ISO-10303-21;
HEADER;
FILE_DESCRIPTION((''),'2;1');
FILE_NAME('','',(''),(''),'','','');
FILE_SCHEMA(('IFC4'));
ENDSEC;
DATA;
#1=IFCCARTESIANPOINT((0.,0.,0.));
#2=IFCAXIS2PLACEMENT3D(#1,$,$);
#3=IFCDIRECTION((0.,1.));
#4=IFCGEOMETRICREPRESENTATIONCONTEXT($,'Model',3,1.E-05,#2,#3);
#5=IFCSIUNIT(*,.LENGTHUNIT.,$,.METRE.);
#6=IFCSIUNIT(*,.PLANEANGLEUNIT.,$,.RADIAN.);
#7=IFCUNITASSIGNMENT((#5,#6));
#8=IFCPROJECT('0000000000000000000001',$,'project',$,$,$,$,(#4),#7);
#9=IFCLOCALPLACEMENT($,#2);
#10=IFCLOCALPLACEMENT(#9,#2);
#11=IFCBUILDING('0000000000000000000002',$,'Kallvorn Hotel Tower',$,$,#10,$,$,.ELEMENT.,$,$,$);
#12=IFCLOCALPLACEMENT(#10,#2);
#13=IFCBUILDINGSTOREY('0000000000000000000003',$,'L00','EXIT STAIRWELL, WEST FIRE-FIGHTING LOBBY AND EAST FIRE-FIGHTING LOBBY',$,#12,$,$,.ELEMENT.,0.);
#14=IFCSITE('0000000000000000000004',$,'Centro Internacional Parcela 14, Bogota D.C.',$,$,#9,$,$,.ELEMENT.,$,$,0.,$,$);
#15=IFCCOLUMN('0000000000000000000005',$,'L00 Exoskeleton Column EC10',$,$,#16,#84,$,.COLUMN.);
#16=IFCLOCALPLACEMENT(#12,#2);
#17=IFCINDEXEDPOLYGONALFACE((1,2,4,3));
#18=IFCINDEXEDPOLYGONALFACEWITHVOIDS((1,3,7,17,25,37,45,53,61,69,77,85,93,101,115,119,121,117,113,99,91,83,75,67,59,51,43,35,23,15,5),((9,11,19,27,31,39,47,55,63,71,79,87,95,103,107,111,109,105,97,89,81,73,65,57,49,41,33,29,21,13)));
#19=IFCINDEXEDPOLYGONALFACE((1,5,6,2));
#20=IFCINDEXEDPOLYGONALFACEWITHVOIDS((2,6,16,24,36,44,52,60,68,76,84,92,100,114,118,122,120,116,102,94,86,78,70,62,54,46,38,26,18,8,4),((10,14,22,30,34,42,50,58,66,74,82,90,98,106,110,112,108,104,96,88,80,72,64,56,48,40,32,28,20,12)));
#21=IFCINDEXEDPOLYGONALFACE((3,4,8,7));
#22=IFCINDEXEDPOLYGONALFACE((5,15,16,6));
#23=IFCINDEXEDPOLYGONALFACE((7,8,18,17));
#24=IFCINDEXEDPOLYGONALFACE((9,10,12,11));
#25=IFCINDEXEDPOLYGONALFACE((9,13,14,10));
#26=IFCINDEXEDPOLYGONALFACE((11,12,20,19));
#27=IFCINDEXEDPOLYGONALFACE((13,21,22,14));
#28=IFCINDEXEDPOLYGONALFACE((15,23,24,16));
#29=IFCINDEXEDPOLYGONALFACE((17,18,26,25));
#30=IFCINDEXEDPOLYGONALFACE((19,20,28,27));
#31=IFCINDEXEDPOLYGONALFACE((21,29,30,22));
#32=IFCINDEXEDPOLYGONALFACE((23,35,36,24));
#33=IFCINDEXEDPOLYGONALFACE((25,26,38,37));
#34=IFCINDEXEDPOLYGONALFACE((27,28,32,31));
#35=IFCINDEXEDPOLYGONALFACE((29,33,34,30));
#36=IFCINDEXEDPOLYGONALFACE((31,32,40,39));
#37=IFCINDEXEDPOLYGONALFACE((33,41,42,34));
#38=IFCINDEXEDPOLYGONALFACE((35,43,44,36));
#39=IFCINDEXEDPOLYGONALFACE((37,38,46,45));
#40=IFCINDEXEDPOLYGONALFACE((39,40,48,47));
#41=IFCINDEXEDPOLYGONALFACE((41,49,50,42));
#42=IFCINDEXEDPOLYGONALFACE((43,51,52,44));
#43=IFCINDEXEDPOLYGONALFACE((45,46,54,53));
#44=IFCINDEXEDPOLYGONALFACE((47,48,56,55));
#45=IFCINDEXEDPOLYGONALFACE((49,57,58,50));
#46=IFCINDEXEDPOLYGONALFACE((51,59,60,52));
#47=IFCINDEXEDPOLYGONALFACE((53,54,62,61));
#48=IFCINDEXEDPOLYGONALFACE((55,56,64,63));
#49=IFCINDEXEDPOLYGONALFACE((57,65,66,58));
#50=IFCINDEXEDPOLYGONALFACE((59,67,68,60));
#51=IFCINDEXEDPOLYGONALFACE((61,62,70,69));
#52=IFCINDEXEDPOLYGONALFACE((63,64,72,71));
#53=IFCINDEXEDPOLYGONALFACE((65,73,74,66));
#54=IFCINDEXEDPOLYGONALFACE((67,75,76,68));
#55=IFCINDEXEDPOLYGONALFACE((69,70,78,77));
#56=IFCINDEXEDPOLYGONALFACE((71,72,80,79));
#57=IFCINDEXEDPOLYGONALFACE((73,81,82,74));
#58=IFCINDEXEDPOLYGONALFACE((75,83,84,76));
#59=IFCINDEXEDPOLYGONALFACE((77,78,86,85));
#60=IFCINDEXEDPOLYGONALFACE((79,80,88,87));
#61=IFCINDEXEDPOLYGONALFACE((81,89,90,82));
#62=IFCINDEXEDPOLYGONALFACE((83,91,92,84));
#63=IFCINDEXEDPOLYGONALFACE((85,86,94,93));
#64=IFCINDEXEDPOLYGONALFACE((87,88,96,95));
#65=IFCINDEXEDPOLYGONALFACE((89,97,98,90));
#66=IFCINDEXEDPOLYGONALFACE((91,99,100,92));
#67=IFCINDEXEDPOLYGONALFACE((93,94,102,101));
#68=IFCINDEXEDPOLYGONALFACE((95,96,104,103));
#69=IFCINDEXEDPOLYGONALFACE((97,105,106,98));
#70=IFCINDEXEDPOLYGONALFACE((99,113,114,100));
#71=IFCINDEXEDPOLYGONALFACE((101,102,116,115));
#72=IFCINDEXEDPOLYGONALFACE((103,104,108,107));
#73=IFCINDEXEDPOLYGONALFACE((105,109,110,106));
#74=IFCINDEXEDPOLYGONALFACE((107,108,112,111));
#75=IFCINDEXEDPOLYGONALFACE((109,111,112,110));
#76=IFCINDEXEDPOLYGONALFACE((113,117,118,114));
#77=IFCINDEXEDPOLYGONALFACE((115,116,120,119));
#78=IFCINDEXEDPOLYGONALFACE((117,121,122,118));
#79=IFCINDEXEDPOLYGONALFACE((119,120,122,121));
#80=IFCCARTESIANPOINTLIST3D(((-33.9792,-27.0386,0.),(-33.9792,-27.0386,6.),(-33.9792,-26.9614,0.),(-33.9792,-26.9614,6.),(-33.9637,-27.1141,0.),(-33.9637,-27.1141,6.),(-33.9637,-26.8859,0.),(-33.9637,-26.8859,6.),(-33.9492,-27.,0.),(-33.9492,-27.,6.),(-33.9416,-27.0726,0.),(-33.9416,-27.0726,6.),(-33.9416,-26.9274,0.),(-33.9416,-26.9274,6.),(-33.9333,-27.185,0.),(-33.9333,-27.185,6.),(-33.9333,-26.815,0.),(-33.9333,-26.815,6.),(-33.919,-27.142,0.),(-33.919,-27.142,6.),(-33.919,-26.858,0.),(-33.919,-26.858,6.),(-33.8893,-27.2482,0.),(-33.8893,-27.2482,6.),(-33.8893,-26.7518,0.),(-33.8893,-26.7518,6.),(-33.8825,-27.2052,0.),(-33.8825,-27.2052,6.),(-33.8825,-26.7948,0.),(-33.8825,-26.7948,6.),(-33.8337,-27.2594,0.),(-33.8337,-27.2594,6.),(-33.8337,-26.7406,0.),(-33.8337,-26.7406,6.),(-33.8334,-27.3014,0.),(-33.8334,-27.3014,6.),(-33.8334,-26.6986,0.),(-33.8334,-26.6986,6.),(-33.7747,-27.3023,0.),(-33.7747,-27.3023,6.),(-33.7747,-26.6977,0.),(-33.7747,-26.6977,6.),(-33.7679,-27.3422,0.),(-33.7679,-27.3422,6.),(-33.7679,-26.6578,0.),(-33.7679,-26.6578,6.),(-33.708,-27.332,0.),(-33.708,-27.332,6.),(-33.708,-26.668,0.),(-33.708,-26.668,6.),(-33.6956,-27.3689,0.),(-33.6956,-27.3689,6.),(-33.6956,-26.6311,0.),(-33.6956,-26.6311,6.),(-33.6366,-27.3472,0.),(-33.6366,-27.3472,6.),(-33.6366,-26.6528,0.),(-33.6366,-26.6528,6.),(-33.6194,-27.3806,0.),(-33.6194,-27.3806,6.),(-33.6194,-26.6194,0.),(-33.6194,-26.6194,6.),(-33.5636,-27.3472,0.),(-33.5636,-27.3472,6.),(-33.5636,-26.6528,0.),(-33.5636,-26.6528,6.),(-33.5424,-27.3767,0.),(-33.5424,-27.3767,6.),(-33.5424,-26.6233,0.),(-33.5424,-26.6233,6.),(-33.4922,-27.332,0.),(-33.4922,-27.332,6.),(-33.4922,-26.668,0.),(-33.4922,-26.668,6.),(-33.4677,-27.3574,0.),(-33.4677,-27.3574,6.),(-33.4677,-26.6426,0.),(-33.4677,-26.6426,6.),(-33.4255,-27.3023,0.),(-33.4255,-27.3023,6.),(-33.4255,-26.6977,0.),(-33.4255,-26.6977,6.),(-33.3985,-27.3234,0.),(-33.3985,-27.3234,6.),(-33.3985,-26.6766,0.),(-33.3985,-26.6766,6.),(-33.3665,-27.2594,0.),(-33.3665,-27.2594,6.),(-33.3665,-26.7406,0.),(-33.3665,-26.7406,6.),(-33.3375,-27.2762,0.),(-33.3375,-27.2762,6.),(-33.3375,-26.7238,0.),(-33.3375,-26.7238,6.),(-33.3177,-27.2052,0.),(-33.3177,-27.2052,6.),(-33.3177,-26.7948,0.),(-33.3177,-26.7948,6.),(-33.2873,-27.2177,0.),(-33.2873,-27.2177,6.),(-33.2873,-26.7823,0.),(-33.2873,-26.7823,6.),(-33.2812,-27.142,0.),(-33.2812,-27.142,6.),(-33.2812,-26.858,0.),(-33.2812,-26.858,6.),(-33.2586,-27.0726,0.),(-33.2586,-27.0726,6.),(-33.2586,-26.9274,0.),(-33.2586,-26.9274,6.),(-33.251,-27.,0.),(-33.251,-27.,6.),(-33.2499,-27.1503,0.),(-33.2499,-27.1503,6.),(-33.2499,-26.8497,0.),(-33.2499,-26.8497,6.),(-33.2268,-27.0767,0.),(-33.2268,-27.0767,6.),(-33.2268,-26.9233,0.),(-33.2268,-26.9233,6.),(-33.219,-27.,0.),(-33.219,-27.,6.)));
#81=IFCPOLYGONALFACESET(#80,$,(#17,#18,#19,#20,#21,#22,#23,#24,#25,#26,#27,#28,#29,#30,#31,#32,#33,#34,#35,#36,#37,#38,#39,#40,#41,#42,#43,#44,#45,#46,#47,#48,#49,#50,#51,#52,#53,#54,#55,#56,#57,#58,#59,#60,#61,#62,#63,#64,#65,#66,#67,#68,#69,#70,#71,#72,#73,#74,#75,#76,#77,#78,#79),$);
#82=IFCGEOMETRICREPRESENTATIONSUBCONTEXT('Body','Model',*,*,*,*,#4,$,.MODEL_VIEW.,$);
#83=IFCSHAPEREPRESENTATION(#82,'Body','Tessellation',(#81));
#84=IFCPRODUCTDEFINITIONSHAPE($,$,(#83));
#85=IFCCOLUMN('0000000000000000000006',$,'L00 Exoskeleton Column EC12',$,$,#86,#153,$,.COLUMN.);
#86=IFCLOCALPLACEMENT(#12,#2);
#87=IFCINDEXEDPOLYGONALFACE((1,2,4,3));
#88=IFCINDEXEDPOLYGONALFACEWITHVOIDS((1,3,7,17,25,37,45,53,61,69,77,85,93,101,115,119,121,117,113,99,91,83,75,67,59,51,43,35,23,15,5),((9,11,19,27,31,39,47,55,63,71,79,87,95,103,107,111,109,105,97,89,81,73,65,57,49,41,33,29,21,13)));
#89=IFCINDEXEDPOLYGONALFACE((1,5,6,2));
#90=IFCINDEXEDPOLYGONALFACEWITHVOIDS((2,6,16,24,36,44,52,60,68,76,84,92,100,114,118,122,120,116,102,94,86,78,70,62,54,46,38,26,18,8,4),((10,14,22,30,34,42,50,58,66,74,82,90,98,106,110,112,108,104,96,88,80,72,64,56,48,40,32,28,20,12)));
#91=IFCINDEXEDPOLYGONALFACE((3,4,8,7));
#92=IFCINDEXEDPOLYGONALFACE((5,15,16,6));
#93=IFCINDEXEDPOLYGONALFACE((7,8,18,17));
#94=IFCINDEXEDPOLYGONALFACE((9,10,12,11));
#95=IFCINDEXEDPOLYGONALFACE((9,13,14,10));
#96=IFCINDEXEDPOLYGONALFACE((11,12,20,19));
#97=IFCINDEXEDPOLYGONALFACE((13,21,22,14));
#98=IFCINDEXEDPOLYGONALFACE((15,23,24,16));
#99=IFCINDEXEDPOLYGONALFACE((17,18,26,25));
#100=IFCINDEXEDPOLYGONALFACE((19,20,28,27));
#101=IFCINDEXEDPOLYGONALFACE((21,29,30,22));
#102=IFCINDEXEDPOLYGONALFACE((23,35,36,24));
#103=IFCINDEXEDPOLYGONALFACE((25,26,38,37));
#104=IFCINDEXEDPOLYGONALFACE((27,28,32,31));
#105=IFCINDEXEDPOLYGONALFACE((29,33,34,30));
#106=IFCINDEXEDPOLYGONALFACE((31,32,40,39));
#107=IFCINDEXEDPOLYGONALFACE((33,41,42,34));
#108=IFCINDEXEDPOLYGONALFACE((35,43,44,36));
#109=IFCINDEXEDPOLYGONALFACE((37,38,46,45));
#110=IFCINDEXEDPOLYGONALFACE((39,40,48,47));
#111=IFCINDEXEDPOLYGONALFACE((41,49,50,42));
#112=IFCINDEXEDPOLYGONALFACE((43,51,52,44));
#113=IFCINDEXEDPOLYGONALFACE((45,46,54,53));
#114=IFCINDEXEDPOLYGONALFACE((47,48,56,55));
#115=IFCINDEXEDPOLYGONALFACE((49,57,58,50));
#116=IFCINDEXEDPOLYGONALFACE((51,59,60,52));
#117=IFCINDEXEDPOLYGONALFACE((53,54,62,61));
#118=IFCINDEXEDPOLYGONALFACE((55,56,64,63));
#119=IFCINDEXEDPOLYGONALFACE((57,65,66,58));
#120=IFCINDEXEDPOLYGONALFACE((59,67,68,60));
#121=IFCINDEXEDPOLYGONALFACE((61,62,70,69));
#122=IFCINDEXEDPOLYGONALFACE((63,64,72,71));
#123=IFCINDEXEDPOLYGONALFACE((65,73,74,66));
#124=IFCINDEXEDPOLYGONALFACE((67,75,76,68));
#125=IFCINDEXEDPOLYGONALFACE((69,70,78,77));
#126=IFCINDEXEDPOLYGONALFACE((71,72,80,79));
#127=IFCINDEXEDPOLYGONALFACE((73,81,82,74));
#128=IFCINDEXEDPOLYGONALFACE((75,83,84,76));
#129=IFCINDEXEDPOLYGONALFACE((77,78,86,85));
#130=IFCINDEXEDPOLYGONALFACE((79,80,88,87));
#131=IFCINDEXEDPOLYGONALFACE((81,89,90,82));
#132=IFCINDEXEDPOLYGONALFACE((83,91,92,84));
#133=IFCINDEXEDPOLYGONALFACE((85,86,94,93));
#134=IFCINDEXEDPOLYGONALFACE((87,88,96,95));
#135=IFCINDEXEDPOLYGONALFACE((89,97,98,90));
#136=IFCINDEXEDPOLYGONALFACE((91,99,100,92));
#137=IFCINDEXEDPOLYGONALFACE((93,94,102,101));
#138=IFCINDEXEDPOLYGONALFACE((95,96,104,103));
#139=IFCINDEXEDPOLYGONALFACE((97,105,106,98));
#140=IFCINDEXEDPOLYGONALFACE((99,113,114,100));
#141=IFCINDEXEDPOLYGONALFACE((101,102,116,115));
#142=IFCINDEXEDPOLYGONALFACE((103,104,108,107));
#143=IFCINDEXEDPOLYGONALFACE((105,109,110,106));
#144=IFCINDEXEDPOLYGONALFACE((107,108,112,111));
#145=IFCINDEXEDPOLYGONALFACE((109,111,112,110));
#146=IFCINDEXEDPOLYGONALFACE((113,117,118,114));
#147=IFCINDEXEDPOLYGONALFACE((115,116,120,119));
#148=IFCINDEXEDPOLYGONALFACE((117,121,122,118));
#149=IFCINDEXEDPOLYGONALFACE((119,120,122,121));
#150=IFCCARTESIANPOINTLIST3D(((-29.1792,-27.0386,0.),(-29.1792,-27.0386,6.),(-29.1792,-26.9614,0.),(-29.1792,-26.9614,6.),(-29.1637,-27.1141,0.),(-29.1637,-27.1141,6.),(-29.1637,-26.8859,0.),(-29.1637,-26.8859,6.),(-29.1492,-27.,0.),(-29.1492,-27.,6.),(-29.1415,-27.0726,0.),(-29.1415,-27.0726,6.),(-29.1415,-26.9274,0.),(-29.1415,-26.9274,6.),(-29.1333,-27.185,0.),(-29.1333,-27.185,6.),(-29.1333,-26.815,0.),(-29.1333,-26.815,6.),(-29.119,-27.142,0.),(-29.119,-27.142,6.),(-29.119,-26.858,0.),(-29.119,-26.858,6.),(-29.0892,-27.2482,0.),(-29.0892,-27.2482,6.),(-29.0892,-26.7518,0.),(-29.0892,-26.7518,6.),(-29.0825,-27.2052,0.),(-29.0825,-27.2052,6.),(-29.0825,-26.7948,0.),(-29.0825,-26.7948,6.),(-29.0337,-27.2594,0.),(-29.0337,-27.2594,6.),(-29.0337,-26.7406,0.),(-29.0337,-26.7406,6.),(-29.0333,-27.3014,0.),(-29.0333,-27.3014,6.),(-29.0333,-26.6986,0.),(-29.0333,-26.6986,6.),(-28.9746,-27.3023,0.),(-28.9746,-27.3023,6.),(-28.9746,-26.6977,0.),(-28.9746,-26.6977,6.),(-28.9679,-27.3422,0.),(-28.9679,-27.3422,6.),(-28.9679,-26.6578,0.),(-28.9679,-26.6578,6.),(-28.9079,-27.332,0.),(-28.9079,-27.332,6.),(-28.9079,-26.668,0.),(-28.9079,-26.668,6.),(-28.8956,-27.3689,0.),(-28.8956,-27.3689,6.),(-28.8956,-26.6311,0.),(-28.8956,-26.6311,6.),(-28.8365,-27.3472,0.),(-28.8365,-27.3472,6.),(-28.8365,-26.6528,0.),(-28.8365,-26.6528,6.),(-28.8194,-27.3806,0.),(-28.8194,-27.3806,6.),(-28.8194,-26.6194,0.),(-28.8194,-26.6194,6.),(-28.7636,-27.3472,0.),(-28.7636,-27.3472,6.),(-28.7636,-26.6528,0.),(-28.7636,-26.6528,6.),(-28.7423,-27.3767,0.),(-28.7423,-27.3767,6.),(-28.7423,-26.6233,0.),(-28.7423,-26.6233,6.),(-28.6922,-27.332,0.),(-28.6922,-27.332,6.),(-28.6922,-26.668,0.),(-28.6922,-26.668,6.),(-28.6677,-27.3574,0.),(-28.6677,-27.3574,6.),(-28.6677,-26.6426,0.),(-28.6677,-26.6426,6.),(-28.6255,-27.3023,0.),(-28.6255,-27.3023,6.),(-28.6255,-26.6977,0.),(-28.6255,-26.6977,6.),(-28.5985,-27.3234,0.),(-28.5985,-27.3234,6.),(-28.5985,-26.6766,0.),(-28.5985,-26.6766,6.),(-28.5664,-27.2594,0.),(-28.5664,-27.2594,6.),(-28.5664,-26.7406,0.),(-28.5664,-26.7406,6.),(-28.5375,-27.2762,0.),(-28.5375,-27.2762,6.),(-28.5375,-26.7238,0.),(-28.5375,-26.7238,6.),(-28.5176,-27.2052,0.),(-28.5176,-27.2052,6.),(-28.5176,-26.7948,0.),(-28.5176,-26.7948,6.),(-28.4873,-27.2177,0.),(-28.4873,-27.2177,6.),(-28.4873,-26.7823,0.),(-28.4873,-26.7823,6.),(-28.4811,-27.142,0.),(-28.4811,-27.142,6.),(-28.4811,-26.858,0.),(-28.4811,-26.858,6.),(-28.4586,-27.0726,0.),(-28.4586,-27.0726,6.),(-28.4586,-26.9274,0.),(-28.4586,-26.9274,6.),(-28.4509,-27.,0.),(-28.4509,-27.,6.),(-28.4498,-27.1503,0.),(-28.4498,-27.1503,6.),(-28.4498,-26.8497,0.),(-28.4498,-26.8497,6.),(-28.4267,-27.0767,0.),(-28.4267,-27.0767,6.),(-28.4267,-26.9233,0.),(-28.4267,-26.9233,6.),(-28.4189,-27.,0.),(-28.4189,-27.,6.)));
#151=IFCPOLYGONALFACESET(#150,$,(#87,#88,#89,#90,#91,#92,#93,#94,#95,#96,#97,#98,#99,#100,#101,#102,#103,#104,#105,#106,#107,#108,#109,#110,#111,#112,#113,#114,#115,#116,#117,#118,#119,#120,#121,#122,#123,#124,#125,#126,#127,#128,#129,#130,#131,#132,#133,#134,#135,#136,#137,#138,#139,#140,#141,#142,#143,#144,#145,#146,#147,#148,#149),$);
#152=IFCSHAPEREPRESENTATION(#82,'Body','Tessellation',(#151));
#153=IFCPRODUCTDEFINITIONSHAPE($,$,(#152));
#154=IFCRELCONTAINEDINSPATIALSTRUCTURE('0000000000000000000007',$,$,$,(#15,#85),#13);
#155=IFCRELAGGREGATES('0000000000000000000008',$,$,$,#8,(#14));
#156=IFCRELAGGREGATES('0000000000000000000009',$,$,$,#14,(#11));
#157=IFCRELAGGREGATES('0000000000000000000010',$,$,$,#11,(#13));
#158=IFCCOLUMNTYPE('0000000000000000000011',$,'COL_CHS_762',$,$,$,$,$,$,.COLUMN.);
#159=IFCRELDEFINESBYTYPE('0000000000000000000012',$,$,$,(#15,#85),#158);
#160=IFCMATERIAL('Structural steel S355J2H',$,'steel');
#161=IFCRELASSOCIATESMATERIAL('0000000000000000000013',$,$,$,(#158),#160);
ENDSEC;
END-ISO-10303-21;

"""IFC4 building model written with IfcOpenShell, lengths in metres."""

from ifc_helpers import new_model, si_unit, direction, frame, origin, origin_2d, place, context, subcontext, project, spatial, hollow_circle, extrude, material, material_profile, profile_set, type_object, element, save


model = new_model("IFC4")

# Units and contexts
model_context = context("Model", 3, precision=1e-05, world=origin(), true_north=direction((0.0, 1.0)))
body_context = subcontext(model_context, "Body", "Model", "MODEL_VIEW")
ifc_project = project(units=[si_unit("LENGTHUNIT", "METRE"), si_unit("PLANEANGLEUNIT", "RADIAN")], contexts=[model_context])

# Site, building, storey
site_placement = place(None, origin())
site = spatial("IfcSite", under=ifc_project, at=site_placement, Name="Centro Internacional Parcela 14, Bogota D.C.", CompositionType="ELEMENT", RefElevation=0.0)
building_placement = place(site_placement, origin())
building = spatial("IfcBuilding", under=site, at=building_placement, Name="Kallvorn Hotel Tower", CompositionType="ELEMENT")
storey_placement = place(building_placement, origin())
storey = spatial("IfcBuildingStorey", under=building, at=storey_placement, Name="L00", Description="EXIT STAIRWELL, WEST FIRE-FIGHTING LOBBY AND EAST FIRE-FIGHTING LOBBY", CompositionType="ELEMENT", Elevation=0.0)

# Columns
ifc_material_1 = material(Name="Structural steel S355J2H", Category="steel")
ifc_material_profile_1 = material_profile(ifc_material_1, hollow_circle(Radius=0.3811, WallThickness=0.032, at=origin_2d()), Name="CHS 762x32")
ifc_profile_set_1 = profile_set([ifc_material_profile_1], Name="Structural steel S355J2H")
column_type_1 = type_object("IfcColumnType", Name="COL_CHS_762", PredefinedType="COLUMN", material=ifc_profile_set_1)
for number, where, z_axis, x_axis, name in (
    (1, (-33.6001, -27.0, 0.0), (0.0, 0.0, 1.0), (1.0, 0.0, 0.0), "L00 Exoskeleton Column EC10"),
    (2, (-28.8, -27.0, 0.0), (0.0, 0.0, 1.0), (1.0, 0.0, 0.0), "L00 Exoskeleton Column EC12"),
):
    element("IfcColumn", number, at=place(storey_placement, frame(where, z_axis=z_axis, x_axis=x_axis)), inside=storey, type_object=column_type_1, Name=name, PredefinedType="COLUMN", context=body_context, shape_type="SweptSolid", body=[
        extrude(hollow_circle(Radius=0.3811, WallThickness=0.032, at=origin_2d()), origin(), (0.0, 0.0, 1.0), 6.0),
    ])

save(model, "model.ifc")
